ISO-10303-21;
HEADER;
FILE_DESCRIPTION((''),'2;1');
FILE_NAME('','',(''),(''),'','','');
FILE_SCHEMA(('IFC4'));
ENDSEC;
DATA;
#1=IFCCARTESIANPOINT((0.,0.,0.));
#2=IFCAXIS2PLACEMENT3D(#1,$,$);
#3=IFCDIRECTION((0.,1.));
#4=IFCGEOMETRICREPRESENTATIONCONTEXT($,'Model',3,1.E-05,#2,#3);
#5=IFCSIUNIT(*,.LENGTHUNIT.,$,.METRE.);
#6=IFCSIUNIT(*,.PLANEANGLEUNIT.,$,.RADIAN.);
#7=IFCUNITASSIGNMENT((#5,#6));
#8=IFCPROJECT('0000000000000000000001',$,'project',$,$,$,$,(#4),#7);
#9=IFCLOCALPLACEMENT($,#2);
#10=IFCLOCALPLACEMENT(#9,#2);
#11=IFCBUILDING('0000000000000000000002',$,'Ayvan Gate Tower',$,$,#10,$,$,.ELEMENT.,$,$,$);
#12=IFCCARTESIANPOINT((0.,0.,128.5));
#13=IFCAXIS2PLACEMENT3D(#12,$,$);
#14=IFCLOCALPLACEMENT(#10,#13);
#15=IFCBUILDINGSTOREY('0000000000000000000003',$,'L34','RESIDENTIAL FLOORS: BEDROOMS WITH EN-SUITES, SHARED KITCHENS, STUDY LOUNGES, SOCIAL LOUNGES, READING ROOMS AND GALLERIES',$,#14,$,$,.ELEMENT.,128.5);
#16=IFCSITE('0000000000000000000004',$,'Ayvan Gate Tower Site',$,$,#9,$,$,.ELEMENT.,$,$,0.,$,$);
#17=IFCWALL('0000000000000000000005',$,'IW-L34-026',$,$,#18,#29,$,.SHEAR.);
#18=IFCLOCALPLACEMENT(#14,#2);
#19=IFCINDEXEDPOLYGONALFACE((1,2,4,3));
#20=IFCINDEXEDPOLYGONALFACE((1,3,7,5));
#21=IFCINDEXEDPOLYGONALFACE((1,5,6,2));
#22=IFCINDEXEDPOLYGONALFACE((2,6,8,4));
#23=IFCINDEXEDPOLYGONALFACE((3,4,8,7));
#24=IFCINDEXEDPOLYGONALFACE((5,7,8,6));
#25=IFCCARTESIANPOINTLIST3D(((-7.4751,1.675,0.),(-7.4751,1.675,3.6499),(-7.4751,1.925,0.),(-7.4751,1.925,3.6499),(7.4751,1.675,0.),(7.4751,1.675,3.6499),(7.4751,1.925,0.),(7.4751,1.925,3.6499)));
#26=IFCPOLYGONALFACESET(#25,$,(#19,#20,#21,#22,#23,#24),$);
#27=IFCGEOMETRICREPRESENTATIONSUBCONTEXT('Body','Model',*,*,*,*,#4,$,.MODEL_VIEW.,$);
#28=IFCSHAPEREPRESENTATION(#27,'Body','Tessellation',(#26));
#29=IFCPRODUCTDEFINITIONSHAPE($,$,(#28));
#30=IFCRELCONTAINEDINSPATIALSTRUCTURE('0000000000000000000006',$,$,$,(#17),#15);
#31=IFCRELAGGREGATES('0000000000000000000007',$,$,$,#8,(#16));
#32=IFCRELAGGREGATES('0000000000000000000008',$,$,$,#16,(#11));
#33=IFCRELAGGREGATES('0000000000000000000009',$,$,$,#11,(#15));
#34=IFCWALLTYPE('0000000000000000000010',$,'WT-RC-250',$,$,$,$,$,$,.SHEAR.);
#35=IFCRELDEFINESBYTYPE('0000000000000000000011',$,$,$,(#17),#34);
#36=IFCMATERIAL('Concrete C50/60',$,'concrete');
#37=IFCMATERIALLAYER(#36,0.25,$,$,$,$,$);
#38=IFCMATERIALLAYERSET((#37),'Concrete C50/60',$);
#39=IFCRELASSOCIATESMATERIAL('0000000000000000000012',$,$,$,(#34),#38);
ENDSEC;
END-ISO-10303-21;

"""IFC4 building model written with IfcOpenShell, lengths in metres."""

from ifc_helpers import new_model, si_unit, direction, frame, frame_2d, origin, place, context, subcontext, project, spatial, rectangle, extrude, material, layer, layer_set, type_object, element, save


model = new_model("IFC4")

# Units and contexts
model_context = context("Model", 3, precision=1e-05, world=origin(), true_north=direction((0.0, 1.0)))
body_context = subcontext(model_context, "Body", "Model", "MODEL_VIEW")
ifc_project = project(units=[si_unit("LENGTHUNIT", "METRE"), si_unit("PLANEANGLEUNIT", "RADIAN")], contexts=[model_context])

# Site, building, storey
site_placement = place(None, origin())
site = spatial("IfcSite", under=ifc_project, at=site_placement, Name="Ayvan Gate Tower Site", CompositionType="ELEMENT", RefElevation=0.0)
building_placement = place(site_placement, origin())
building = spatial("IfcBuilding", under=site, at=building_placement, Name="Ayvan Gate Tower", CompositionType="ELEMENT")
storey_placement = place(building_placement, frame((0.0, 0.0, 128.5)))
storey = spatial("IfcBuildingStorey", under=building, at=storey_placement, Name="L34", Description="RESIDENTIAL FLOORS: BEDROOMS WITH EN-SUITES, SHARED KITCHENS, STUDY LOUNGES, SOCIAL LOUNGES, READING ROOMS AND GALLERIES", CompositionType="ELEMENT", Elevation=128.5)

# Wall
ifc_material_1 = material(Name="Concrete C50/60", Category="concrete")
ifc_layer_1 = layer(ifc_material_1, 0.25)
ifc_layer_set_1 = layer_set([ifc_layer_1], Name="Concrete C50/60")
wall_type_1 = type_object("IfcWallType", Name="WT-RC-250", PredefinedType="SHEAR", material=ifc_layer_set_1)
wall_1_placement = place(storey_placement, frame((-7.4751, 1.8, 0.0), z_axis=(0.0, 0.0, 1.0), x_axis=(1.0, 0.0, 0.0)))
element("IfcWall", 1, at=wall_1_placement, inside=storey, type_object=wall_type_1, Name="IW-L34-026", PredefinedType="SHEAR", context=body_context, shape_type="SweptSolid", body=[
    extrude(rectangle(XDim=14.9502, YDim=0.25, at=frame_2d((7.4751, 0.0))), origin(), (0.0, 0.0, 1.0), 3.6499),
])

save(model, "model.ifc")
